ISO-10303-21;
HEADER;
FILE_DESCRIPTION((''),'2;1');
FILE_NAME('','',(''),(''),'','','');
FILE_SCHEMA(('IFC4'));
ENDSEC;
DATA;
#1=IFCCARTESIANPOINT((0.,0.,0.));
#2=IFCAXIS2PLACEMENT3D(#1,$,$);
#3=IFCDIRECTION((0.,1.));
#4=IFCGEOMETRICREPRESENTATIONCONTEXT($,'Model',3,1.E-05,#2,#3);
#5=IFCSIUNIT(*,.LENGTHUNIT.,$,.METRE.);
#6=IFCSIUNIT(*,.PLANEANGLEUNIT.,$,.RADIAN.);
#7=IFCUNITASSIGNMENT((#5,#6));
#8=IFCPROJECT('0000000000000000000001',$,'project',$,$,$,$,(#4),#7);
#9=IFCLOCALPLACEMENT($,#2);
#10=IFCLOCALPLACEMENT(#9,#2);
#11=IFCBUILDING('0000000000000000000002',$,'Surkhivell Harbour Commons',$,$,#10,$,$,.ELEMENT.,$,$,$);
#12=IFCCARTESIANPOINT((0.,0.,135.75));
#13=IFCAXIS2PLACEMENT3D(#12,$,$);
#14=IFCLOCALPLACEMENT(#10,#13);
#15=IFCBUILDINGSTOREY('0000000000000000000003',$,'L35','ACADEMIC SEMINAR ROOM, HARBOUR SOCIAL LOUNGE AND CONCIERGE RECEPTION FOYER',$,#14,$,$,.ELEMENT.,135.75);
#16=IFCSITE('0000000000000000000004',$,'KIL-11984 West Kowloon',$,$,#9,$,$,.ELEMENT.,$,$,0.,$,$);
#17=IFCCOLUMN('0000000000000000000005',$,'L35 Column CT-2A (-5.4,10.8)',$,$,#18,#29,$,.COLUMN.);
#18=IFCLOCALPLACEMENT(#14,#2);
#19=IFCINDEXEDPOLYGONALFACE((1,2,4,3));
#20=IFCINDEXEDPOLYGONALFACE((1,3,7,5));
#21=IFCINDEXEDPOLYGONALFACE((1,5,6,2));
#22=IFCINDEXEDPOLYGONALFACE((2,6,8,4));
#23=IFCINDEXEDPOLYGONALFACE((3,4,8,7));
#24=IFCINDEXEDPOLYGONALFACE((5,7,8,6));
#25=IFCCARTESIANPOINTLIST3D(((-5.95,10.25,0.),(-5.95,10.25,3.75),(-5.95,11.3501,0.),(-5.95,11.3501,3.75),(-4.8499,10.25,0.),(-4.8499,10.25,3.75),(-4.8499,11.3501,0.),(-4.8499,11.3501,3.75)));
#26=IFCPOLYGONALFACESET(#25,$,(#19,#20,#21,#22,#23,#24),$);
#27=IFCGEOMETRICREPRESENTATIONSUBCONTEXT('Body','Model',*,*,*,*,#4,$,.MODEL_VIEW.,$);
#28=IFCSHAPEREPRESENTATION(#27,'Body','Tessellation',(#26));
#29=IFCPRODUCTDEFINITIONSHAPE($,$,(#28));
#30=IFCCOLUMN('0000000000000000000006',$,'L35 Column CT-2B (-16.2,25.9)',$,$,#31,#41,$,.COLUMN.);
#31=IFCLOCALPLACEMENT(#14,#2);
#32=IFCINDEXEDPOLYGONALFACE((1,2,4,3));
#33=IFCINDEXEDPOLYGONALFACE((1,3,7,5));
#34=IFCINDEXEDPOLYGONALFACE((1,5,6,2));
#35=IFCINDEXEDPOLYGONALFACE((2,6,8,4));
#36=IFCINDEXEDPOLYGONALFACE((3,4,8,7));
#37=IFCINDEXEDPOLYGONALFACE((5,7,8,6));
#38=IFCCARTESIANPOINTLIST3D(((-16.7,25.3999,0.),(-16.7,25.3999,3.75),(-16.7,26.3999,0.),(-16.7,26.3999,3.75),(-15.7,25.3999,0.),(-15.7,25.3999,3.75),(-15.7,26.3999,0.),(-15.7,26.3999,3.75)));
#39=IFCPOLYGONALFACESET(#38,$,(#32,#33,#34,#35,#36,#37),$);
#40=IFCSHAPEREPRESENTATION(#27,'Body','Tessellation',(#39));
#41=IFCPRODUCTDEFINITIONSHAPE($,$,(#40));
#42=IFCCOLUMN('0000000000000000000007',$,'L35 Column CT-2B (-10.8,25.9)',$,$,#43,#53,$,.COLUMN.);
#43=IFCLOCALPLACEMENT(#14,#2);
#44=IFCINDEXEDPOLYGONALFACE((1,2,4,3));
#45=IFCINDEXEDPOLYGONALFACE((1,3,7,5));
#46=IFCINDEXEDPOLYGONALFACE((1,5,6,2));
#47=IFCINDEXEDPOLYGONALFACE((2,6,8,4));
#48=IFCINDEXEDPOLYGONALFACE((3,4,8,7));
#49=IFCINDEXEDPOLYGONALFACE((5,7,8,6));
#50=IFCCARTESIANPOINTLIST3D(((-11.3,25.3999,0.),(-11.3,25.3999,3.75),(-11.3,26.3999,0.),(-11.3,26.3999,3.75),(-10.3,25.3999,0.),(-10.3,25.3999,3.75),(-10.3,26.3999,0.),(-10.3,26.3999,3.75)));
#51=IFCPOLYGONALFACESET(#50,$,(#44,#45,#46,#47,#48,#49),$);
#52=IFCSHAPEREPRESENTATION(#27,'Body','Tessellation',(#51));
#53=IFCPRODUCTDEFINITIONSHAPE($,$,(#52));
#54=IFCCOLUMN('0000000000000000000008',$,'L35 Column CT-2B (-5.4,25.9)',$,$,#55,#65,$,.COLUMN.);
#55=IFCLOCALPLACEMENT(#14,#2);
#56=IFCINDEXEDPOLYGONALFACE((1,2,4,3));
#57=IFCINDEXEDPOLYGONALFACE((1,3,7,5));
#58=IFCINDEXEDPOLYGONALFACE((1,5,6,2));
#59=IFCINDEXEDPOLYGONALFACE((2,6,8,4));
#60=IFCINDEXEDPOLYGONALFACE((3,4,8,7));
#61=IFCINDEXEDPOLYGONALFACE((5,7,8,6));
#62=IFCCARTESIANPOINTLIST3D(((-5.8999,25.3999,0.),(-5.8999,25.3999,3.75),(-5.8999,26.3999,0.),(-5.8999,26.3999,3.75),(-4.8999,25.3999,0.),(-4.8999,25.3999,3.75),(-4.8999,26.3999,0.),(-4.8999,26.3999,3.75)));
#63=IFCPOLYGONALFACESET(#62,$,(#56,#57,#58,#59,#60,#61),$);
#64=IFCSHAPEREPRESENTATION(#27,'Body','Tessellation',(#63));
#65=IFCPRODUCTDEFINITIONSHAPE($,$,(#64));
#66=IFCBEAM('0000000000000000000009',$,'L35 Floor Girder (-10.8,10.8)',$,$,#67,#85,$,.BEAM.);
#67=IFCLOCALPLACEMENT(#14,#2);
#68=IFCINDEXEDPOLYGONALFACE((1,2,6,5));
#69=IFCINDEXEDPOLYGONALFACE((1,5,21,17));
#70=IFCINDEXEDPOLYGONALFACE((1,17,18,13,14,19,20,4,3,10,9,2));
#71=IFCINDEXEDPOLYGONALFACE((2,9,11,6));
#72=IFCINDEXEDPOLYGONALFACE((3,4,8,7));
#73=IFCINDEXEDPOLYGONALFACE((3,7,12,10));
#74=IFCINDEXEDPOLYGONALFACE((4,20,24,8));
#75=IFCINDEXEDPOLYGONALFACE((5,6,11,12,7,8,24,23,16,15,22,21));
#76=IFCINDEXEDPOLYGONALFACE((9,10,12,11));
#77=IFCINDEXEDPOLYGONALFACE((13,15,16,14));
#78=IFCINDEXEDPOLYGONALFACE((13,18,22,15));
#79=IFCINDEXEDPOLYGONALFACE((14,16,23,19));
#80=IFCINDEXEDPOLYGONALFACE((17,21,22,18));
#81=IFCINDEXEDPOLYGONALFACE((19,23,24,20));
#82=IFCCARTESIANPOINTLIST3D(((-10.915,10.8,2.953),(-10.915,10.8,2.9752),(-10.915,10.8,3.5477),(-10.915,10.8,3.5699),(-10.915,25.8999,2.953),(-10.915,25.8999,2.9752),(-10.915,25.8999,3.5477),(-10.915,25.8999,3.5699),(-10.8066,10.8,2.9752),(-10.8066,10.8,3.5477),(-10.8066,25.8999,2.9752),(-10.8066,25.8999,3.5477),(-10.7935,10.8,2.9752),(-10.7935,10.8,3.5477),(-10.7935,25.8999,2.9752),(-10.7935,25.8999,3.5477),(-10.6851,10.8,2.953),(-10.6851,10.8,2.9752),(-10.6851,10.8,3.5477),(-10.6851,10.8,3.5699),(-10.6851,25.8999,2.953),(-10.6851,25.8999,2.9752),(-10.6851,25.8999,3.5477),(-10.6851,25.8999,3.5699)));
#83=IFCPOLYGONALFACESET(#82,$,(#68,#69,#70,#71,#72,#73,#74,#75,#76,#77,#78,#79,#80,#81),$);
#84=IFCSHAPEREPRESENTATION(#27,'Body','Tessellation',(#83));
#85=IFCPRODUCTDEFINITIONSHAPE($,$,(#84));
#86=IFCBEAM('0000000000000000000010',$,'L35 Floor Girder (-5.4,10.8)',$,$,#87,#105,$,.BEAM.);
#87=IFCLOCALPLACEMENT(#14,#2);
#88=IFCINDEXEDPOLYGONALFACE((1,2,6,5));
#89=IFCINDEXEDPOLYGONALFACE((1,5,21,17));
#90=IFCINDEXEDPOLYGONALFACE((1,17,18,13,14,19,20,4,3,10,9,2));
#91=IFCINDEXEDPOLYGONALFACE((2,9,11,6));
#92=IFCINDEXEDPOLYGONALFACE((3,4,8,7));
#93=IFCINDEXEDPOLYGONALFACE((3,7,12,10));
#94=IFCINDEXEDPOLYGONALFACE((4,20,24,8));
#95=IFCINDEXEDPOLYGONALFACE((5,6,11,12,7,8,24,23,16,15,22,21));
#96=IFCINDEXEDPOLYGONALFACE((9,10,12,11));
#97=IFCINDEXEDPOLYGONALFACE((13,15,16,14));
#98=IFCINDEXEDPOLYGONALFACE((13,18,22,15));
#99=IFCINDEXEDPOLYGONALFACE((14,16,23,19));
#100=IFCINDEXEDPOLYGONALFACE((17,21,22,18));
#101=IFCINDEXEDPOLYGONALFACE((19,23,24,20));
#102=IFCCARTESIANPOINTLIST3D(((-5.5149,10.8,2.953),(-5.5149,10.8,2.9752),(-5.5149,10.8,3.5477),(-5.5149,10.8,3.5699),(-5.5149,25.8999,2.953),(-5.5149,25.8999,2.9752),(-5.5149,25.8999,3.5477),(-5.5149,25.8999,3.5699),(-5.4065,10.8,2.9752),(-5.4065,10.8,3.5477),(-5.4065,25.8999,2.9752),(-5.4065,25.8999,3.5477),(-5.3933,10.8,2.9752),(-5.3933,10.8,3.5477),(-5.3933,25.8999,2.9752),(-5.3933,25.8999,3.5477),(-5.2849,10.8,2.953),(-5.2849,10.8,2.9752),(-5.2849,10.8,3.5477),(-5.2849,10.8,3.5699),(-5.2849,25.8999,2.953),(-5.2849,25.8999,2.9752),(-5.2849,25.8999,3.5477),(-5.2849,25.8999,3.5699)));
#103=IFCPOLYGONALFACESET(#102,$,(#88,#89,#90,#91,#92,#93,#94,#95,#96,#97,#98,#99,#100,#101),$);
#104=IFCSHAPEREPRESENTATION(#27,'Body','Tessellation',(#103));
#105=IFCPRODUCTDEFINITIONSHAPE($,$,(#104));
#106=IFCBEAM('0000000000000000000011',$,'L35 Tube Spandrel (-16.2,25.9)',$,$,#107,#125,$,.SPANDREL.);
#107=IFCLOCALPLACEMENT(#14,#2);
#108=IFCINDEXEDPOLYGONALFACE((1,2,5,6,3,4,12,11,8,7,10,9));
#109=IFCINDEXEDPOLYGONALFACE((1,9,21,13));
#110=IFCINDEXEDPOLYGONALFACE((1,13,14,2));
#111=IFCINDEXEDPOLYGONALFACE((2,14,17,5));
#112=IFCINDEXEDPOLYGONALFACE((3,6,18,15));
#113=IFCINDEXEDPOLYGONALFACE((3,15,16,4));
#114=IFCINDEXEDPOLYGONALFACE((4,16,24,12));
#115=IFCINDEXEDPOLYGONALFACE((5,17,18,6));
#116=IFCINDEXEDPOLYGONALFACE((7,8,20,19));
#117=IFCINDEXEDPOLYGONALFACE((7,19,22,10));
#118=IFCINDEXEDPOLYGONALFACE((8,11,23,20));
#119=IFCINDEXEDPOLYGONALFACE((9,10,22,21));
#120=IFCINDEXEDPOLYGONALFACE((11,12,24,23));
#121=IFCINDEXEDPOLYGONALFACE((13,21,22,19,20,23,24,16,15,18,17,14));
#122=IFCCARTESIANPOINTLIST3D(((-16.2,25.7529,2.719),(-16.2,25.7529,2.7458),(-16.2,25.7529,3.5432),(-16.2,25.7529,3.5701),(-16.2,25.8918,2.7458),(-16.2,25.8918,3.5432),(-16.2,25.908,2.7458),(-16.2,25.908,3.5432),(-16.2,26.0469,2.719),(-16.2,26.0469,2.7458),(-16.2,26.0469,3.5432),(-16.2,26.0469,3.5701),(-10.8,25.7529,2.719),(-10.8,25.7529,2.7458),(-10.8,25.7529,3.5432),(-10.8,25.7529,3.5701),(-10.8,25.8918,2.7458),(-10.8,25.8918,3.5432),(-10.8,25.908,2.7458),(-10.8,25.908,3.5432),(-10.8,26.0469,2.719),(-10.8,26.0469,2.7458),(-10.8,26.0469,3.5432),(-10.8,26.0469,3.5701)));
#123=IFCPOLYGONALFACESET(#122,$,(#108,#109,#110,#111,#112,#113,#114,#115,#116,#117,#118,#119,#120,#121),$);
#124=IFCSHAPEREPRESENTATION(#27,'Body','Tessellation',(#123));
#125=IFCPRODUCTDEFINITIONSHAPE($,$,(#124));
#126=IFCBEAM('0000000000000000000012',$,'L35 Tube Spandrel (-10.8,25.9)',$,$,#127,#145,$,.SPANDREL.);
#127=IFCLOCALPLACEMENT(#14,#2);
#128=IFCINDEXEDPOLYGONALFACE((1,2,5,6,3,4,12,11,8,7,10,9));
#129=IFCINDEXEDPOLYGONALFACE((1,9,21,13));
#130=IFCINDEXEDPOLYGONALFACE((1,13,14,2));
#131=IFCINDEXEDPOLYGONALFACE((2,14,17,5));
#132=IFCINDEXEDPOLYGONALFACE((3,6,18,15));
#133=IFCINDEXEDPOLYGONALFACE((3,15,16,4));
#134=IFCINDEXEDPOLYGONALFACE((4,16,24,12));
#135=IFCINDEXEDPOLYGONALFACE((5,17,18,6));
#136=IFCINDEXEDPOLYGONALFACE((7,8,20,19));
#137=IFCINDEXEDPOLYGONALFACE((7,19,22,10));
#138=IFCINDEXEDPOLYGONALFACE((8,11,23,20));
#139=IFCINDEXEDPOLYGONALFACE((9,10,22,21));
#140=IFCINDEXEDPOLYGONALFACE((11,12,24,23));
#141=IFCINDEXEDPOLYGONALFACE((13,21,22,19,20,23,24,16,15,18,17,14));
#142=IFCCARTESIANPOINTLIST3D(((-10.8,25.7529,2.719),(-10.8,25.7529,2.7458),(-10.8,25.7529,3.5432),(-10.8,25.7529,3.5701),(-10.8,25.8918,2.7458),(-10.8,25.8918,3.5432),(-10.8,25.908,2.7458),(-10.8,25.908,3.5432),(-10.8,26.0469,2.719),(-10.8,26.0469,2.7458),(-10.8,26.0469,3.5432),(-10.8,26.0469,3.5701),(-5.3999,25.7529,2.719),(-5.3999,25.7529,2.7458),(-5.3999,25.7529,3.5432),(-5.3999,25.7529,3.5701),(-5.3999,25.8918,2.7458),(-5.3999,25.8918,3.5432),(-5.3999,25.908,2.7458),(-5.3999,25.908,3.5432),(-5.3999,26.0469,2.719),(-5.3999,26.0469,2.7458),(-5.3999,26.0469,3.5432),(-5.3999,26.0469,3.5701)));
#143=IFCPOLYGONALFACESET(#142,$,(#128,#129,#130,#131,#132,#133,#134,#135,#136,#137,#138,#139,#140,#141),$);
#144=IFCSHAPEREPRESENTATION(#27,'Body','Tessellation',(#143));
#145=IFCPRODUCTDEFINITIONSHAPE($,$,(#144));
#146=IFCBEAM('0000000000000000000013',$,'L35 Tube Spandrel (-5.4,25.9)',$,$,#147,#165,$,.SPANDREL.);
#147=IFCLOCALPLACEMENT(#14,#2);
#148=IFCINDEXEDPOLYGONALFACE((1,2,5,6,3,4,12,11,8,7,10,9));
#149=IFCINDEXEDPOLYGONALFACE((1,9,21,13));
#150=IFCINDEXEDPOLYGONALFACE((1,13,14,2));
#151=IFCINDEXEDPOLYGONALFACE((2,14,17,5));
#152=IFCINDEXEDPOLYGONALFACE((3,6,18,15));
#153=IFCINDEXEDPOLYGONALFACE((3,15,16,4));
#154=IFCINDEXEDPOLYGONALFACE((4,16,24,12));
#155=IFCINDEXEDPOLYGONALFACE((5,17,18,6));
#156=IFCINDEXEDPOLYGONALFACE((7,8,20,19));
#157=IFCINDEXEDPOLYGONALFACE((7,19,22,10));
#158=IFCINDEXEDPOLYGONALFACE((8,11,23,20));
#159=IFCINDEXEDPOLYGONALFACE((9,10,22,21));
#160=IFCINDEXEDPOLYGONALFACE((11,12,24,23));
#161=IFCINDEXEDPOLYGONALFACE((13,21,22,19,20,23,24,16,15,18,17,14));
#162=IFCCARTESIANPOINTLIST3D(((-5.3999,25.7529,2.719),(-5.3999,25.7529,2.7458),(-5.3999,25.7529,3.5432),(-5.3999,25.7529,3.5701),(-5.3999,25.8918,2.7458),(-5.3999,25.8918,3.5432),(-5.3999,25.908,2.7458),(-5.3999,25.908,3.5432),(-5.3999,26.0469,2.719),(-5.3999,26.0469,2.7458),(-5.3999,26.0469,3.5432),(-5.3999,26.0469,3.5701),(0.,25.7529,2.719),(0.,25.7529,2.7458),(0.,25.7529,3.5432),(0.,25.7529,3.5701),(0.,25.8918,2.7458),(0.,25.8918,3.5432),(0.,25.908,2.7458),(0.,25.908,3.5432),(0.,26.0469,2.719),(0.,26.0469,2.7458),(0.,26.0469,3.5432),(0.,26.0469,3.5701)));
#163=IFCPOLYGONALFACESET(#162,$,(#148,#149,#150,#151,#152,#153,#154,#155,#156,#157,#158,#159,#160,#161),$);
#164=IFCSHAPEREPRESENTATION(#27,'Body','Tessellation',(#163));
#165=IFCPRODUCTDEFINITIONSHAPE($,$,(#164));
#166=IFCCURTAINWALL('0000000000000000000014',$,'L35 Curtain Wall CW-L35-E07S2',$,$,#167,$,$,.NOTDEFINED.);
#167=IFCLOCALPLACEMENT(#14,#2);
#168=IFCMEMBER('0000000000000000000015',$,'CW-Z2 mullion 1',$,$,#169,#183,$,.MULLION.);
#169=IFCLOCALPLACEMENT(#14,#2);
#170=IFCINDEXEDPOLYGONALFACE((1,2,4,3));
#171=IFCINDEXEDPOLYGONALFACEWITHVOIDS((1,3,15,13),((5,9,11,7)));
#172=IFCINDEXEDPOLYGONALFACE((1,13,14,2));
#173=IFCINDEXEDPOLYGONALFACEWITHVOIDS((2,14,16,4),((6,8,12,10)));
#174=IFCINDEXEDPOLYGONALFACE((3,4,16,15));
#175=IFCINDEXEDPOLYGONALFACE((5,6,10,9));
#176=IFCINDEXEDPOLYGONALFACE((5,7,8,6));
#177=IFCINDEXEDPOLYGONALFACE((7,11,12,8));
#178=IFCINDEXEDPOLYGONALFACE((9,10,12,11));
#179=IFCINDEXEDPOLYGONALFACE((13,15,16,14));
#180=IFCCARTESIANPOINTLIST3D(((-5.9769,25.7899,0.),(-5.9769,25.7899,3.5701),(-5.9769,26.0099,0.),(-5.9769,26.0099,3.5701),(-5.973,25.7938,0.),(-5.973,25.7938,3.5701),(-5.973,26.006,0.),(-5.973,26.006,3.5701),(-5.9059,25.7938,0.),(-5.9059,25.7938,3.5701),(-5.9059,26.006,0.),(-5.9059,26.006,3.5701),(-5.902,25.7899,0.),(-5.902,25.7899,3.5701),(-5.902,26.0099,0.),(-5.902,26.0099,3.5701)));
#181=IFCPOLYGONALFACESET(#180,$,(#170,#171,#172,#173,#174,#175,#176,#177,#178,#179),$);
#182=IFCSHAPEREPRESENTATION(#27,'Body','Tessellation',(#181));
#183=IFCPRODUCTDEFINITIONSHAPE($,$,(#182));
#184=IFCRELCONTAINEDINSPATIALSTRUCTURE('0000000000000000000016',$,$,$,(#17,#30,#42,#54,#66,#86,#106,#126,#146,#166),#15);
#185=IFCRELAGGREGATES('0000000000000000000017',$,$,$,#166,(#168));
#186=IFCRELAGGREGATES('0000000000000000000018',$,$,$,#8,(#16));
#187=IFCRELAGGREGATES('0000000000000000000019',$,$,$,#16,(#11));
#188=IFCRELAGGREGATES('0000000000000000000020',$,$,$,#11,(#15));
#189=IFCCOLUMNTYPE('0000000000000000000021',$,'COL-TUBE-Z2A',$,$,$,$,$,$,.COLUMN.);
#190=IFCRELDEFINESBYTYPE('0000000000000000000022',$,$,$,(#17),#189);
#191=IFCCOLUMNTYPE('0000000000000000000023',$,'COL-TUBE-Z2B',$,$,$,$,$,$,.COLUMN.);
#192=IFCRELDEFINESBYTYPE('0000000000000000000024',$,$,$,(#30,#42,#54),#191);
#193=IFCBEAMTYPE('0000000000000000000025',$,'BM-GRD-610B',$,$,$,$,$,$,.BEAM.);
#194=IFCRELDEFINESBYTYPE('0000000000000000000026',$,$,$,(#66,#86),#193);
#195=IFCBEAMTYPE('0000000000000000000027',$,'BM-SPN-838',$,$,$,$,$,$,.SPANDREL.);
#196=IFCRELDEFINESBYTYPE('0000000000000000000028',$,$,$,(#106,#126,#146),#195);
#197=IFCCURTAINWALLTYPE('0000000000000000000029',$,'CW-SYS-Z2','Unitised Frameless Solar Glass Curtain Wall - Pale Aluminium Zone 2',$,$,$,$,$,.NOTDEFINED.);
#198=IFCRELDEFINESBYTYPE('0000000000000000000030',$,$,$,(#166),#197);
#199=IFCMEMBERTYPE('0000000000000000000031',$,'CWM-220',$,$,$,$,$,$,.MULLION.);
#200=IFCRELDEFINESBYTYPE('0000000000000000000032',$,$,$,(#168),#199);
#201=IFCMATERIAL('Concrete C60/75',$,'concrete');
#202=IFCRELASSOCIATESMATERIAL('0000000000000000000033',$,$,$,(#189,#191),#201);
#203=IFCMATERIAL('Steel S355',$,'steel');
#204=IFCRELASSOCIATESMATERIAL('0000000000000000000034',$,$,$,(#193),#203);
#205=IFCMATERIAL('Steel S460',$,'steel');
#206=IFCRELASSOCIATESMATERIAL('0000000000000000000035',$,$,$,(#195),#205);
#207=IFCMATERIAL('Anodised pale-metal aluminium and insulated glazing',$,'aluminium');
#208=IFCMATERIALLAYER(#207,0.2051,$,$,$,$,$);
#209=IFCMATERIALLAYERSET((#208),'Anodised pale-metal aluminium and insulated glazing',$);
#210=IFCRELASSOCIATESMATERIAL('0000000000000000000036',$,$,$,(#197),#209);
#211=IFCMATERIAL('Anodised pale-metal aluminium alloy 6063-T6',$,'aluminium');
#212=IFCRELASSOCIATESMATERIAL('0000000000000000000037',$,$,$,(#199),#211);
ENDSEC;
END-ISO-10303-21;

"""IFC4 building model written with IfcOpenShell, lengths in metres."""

from ifc_helpers import new_model, si_unit, direction, frame, origin, origin_2d, place, context, subcontext, project, spatial, rectangle, hollow_rectangle, i_section, extrude, material, layer, layer_set, material_profile, profile_set, type_object, element, aggregate, save


model = new_model("IFC4")

# Units and contexts
model_context = context("Model", 3, precision=1e-05, world=origin(), true_north=direction((0.0, 1.0)))
body_context = subcontext(model_context, "Body", "Model", "MODEL_VIEW")
ifc_project = project(units=[si_unit("LENGTHUNIT", "METRE"), si_unit("PLANEANGLEUNIT", "RADIAN")], contexts=[model_context])

# Site, building, storey
site_placement = place(None, origin())
site = spatial("IfcSite", under=ifc_project, at=site_placement, Name="KIL-11984 West Kowloon", CompositionType="ELEMENT", RefElevation=0.0)
building_placement = place(site_placement, origin())
building = spatial("IfcBuilding", under=site, at=building_placement, Name="Surkhivell Harbour Commons", CompositionType="ELEMENT")
storey_placement = place(building_placement, frame((0.0, 0.0, 135.75)))
storey = spatial("IfcBuildingStorey", under=building, at=storey_placement, Name="L35", Description="ACADEMIC SEMINAR ROOM, HARBOUR SOCIAL LOUNGE AND CONCIERGE RECEPTION FOYER", CompositionType="ELEMENT", Elevation=135.75)

# Columns
ifc_material_1 = material(Name="Concrete C60/75", Category="concrete")
ifc_material_profile_1 = material_profile(ifc_material_1, rectangle(XDim=1.1001, YDim=1.1001, at=origin_2d()), Name="RC-COL-1100x1100")
ifc_profile_set_1 = profile_set([ifc_material_profile_1], Name="Concrete C60/75")
column_type_1 = type_object("IfcColumnType", Name="COL-TUBE-Z2A", PredefinedType="COLUMN", material=ifc_profile_set_1)
column_placement = place(storey_placement, frame((-5.3999, 10.8, 0.0), z_axis=(0.0, 0.0, 1.0), x_axis=(1.0, 0.0, 0.0)))
element("IfcColumn", 1, at=column_placement, inside=storey, type_object=column_type_1, Name="L35 Column CT-2A (-5.4,10.8)", PredefinedType="COLUMN", context=body_context, shape_type="SweptSolid", body=[
    extrude(rectangle(XDim=1.1001, YDim=1.1001, at=origin_2d()), origin(), (0.0, 0.0, 1.0), 3.75),
])
ifc_material_profile_2 = material_profile(ifc_material_1, rectangle(XDim=1.0, YDim=1.0, at=origin_2d()), Name="RC-COL-1000x1000")
ifc_profile_set_2 = profile_set([ifc_material_profile_2], Name="Concrete C60/75")
column_type_2 = type_object("IfcColumnType", Name="COL-TUBE-Z2B", PredefinedType="COLUMN", material=ifc_profile_set_2)
for number, where, z_axis, x_axis, name in (
    (2, (-16.2, 25.8999, 0.0), (0.0, 0.0, 1.0), (1.0, 0.0, 0.0), "L35 Column CT-2B (-16.2,25.9)"),
    (3, (-10.8, 25.8999, 0.0), (0.0, 0.0, 1.0), (1.0, 0.0, 0.0), "L35 Column CT-2B (-10.8,25.9)"),
    (4, (-5.3999, 25.8999, 0.0), (0.0, 0.0, 1.0), (1.0, 0.0, 0.0), "L35 Column CT-2B (-5.4,25.9)"),
):
    element("IfcColumn", number, at=place(storey_placement, frame(where, z_axis=z_axis, x_axis=x_axis)), inside=storey, type_object=column_type_2, Name=name, PredefinedType="COLUMN", context=body_context, shape_type="SweptSolid", body=[
        extrude(rectangle(XDim=1.0, YDim=1.0, at=origin_2d()), origin(), (0.0, 0.0, 1.0), 3.75),
    ])

# Beams
ifc_material_2 = material(Name="Steel S355", Category="steel")
ifc_material_profile_3 = material_profile(ifc_material_2, i_section(OverallWidth=0.23, OverallDepth=0.6169, WebThickness=0.0132, FlangeThickness=0.0222, at=origin_2d()), Name="UB610x229x140")
ifc_profile_set_3 = profile_set([ifc_material_profile_3], Name="Steel S355")
beam_type_1 = type_object("IfcBeamType", Name="BM-GRD-610B", PredefinedType="BEAM", material=ifc_profile_set_3)
for number, where, z_axis, x_axis, name in (
    (5, (-10.8, 10.8, 3.2615), (0.0, 1.0, 0.0), (-1.0, 0.0, 0.0), "L35 Floor Girder (-10.8,10.8)"),
    (6, (-5.3999, 10.8, 3.2615), (0.0, 1.0, 0.0), (-1.0, 0.0, 0.0), "L35 Floor Girder (-5.4,10.8)"),
):
    element("IfcBeam", number, at=place(storey_placement, frame(where, z_axis=z_axis, x_axis=x_axis)), inside=storey, type_object=beam_type_1, Name=name, PredefinedType="BEAM", context=body_context, shape_type="SweptSolid", body=[
        extrude(i_section(OverallWidth=0.23, OverallDepth=0.6169, WebThickness=0.0132, FlangeThickness=0.0222, at=origin_2d()), origin(), (0.0, 0.0, 1.0), 15.0999),
    ])
ifc_material_3 = material(Name="Steel S460", Category="steel")
ifc_material_profile_4 = material_profile(ifc_material_3, i_section(OverallWidth=0.2939, OverallDepth=0.8511, WebThickness=0.0161, FlangeThickness=0.0269, at=origin_2d()), Name="UB838x292x226")
ifc_profile_set_4 = profile_set([ifc_material_profile_4], Name="Steel S460")
beam_type_2 = type_object("IfcBeamType", Name="BM-SPN-838", PredefinedType="SPANDREL", material=ifc_profile_set_4)
beam_1_placement = place(storey_placement, frame((-16.2, 25.8999, 3.1445), z_axis=(1.0, 0.0, 0.0), x_axis=(0.0, 1.0, 0.0)))
element("IfcBeam", 7, at=beam_1_placement, inside=storey, type_object=beam_type_2, Name="L35 Tube Spandrel (-16.2,25.9)", PredefinedType="SPANDREL", context=body_context, shape_type="SweptSolid", body=[
    extrude(i_section(OverallWidth=0.2939, OverallDepth=0.8511, WebThickness=0.0161, FlangeThickness=0.0269, at=origin_2d()), origin(), (0.0, 0.0, 1.0), 5.3999),
])
beam_2_placement = place(storey_placement, frame((-10.8, 25.8999, 3.1445), z_axis=(1.0, 0.0, 0.0), x_axis=(0.0, 1.0, 0.0)))
element("IfcBeam", 8, at=beam_2_placement, inside=storey, type_object=beam_type_2, Name="L35 Tube Spandrel (-10.8,25.9)", PredefinedType="SPANDREL", context=body_context, shape_type="SweptSolid", body=[
    extrude(i_section(OverallWidth=0.2939, OverallDepth=0.8511, WebThickness=0.0161, FlangeThickness=0.0269, at=origin_2d()), origin(), (0.0, 0.0, 1.0), 5.4001),
])
beam_3_placement = place(storey_placement, frame((-5.3999, 25.8999, 3.1445), z_axis=(1.0, 0.0, 0.0), x_axis=(0.0, 1.0, 0.0)))
element("IfcBeam", 9, at=beam_3_placement, inside=storey, type_object=beam_type_2, Name="L35 Tube Spandrel (-5.4,25.9)", PredefinedType="SPANDREL", context=body_context, shape_type="SweptSolid", body=[
    extrude(i_section(OverallWidth=0.2939, OverallDepth=0.8511, WebThickness=0.0161, FlangeThickness=0.0269, at=origin_2d()), origin(), (0.0, 0.0, 1.0), 5.3999),
])

# Curtain wall, member
ifc_material_4 = material(Name="Anodised pale-metal aluminium and insulated glazing", Category="aluminium")
ifc_layer_1 = layer(ifc_material_4, 0.2051)
ifc_layer_set_1 = layer_set([ifc_layer_1], Name="Anodised pale-metal aluminium and insulated glazing")
curtain_wall_type = type_object("IfcCurtainWallType", Name="CW-SYS-Z2", Description="Unitised Frameless Solar Glass Curtain Wall - Pale Aluminium Zone 2", PredefinedType="NOTDEFINED", material=ifc_layer_set_1)
curtain_wall_placement = place(storey_placement, origin())
curtain_wall = element("IfcCurtainWall", 10, at=curtain_wall_placement, inside=storey, type_object=curtain_wall_type, Name="L35 Curtain Wall CW-L35-E07S2", PredefinedType="NOTDEFINED")
ifc_material_5 = material(Name="Anodised pale-metal aluminium alloy 6063-T6", Category="aluminium")
ifc_material_profile_5 = material_profile(ifc_material_5, hollow_rectangle(XDim=0.075, YDim=0.22, WallThickness=0.0039, at=origin_2d()), Name="ALU-MULL-75x220")
ifc_profile_set_5 = profile_set([ifc_material_profile_5], Name="Anodised pale-metal aluminium alloy 6063-T6")
member_type_1 = type_object("IfcMemberType", Name="CWM-220", PredefinedType="MULLION", material=ifc_profile_set_5)
member_1_placement = place(storey_placement, frame((-5.9395, 25.8999, 0.0), z_axis=(0.0, 0.0, 1.0), x_axis=(-1.0, 0.0, 0.0)))
member_1 = element("IfcMember", 11, at=member_1_placement, type_object=member_type_1, Name="CW-Z2 mullion 1", PredefinedType="MULLION", context=body_context, shape_type="SweptSolid", body=[
    extrude(hollow_rectangle(XDim=0.075, YDim=0.22, WallThickness=0.0039, at=origin_2d()), origin(), (0.0, 0.0, 1.0), 3.5701),
])

aggregate(curtain_wall, [member_1])

save(model, "model.ifc")
